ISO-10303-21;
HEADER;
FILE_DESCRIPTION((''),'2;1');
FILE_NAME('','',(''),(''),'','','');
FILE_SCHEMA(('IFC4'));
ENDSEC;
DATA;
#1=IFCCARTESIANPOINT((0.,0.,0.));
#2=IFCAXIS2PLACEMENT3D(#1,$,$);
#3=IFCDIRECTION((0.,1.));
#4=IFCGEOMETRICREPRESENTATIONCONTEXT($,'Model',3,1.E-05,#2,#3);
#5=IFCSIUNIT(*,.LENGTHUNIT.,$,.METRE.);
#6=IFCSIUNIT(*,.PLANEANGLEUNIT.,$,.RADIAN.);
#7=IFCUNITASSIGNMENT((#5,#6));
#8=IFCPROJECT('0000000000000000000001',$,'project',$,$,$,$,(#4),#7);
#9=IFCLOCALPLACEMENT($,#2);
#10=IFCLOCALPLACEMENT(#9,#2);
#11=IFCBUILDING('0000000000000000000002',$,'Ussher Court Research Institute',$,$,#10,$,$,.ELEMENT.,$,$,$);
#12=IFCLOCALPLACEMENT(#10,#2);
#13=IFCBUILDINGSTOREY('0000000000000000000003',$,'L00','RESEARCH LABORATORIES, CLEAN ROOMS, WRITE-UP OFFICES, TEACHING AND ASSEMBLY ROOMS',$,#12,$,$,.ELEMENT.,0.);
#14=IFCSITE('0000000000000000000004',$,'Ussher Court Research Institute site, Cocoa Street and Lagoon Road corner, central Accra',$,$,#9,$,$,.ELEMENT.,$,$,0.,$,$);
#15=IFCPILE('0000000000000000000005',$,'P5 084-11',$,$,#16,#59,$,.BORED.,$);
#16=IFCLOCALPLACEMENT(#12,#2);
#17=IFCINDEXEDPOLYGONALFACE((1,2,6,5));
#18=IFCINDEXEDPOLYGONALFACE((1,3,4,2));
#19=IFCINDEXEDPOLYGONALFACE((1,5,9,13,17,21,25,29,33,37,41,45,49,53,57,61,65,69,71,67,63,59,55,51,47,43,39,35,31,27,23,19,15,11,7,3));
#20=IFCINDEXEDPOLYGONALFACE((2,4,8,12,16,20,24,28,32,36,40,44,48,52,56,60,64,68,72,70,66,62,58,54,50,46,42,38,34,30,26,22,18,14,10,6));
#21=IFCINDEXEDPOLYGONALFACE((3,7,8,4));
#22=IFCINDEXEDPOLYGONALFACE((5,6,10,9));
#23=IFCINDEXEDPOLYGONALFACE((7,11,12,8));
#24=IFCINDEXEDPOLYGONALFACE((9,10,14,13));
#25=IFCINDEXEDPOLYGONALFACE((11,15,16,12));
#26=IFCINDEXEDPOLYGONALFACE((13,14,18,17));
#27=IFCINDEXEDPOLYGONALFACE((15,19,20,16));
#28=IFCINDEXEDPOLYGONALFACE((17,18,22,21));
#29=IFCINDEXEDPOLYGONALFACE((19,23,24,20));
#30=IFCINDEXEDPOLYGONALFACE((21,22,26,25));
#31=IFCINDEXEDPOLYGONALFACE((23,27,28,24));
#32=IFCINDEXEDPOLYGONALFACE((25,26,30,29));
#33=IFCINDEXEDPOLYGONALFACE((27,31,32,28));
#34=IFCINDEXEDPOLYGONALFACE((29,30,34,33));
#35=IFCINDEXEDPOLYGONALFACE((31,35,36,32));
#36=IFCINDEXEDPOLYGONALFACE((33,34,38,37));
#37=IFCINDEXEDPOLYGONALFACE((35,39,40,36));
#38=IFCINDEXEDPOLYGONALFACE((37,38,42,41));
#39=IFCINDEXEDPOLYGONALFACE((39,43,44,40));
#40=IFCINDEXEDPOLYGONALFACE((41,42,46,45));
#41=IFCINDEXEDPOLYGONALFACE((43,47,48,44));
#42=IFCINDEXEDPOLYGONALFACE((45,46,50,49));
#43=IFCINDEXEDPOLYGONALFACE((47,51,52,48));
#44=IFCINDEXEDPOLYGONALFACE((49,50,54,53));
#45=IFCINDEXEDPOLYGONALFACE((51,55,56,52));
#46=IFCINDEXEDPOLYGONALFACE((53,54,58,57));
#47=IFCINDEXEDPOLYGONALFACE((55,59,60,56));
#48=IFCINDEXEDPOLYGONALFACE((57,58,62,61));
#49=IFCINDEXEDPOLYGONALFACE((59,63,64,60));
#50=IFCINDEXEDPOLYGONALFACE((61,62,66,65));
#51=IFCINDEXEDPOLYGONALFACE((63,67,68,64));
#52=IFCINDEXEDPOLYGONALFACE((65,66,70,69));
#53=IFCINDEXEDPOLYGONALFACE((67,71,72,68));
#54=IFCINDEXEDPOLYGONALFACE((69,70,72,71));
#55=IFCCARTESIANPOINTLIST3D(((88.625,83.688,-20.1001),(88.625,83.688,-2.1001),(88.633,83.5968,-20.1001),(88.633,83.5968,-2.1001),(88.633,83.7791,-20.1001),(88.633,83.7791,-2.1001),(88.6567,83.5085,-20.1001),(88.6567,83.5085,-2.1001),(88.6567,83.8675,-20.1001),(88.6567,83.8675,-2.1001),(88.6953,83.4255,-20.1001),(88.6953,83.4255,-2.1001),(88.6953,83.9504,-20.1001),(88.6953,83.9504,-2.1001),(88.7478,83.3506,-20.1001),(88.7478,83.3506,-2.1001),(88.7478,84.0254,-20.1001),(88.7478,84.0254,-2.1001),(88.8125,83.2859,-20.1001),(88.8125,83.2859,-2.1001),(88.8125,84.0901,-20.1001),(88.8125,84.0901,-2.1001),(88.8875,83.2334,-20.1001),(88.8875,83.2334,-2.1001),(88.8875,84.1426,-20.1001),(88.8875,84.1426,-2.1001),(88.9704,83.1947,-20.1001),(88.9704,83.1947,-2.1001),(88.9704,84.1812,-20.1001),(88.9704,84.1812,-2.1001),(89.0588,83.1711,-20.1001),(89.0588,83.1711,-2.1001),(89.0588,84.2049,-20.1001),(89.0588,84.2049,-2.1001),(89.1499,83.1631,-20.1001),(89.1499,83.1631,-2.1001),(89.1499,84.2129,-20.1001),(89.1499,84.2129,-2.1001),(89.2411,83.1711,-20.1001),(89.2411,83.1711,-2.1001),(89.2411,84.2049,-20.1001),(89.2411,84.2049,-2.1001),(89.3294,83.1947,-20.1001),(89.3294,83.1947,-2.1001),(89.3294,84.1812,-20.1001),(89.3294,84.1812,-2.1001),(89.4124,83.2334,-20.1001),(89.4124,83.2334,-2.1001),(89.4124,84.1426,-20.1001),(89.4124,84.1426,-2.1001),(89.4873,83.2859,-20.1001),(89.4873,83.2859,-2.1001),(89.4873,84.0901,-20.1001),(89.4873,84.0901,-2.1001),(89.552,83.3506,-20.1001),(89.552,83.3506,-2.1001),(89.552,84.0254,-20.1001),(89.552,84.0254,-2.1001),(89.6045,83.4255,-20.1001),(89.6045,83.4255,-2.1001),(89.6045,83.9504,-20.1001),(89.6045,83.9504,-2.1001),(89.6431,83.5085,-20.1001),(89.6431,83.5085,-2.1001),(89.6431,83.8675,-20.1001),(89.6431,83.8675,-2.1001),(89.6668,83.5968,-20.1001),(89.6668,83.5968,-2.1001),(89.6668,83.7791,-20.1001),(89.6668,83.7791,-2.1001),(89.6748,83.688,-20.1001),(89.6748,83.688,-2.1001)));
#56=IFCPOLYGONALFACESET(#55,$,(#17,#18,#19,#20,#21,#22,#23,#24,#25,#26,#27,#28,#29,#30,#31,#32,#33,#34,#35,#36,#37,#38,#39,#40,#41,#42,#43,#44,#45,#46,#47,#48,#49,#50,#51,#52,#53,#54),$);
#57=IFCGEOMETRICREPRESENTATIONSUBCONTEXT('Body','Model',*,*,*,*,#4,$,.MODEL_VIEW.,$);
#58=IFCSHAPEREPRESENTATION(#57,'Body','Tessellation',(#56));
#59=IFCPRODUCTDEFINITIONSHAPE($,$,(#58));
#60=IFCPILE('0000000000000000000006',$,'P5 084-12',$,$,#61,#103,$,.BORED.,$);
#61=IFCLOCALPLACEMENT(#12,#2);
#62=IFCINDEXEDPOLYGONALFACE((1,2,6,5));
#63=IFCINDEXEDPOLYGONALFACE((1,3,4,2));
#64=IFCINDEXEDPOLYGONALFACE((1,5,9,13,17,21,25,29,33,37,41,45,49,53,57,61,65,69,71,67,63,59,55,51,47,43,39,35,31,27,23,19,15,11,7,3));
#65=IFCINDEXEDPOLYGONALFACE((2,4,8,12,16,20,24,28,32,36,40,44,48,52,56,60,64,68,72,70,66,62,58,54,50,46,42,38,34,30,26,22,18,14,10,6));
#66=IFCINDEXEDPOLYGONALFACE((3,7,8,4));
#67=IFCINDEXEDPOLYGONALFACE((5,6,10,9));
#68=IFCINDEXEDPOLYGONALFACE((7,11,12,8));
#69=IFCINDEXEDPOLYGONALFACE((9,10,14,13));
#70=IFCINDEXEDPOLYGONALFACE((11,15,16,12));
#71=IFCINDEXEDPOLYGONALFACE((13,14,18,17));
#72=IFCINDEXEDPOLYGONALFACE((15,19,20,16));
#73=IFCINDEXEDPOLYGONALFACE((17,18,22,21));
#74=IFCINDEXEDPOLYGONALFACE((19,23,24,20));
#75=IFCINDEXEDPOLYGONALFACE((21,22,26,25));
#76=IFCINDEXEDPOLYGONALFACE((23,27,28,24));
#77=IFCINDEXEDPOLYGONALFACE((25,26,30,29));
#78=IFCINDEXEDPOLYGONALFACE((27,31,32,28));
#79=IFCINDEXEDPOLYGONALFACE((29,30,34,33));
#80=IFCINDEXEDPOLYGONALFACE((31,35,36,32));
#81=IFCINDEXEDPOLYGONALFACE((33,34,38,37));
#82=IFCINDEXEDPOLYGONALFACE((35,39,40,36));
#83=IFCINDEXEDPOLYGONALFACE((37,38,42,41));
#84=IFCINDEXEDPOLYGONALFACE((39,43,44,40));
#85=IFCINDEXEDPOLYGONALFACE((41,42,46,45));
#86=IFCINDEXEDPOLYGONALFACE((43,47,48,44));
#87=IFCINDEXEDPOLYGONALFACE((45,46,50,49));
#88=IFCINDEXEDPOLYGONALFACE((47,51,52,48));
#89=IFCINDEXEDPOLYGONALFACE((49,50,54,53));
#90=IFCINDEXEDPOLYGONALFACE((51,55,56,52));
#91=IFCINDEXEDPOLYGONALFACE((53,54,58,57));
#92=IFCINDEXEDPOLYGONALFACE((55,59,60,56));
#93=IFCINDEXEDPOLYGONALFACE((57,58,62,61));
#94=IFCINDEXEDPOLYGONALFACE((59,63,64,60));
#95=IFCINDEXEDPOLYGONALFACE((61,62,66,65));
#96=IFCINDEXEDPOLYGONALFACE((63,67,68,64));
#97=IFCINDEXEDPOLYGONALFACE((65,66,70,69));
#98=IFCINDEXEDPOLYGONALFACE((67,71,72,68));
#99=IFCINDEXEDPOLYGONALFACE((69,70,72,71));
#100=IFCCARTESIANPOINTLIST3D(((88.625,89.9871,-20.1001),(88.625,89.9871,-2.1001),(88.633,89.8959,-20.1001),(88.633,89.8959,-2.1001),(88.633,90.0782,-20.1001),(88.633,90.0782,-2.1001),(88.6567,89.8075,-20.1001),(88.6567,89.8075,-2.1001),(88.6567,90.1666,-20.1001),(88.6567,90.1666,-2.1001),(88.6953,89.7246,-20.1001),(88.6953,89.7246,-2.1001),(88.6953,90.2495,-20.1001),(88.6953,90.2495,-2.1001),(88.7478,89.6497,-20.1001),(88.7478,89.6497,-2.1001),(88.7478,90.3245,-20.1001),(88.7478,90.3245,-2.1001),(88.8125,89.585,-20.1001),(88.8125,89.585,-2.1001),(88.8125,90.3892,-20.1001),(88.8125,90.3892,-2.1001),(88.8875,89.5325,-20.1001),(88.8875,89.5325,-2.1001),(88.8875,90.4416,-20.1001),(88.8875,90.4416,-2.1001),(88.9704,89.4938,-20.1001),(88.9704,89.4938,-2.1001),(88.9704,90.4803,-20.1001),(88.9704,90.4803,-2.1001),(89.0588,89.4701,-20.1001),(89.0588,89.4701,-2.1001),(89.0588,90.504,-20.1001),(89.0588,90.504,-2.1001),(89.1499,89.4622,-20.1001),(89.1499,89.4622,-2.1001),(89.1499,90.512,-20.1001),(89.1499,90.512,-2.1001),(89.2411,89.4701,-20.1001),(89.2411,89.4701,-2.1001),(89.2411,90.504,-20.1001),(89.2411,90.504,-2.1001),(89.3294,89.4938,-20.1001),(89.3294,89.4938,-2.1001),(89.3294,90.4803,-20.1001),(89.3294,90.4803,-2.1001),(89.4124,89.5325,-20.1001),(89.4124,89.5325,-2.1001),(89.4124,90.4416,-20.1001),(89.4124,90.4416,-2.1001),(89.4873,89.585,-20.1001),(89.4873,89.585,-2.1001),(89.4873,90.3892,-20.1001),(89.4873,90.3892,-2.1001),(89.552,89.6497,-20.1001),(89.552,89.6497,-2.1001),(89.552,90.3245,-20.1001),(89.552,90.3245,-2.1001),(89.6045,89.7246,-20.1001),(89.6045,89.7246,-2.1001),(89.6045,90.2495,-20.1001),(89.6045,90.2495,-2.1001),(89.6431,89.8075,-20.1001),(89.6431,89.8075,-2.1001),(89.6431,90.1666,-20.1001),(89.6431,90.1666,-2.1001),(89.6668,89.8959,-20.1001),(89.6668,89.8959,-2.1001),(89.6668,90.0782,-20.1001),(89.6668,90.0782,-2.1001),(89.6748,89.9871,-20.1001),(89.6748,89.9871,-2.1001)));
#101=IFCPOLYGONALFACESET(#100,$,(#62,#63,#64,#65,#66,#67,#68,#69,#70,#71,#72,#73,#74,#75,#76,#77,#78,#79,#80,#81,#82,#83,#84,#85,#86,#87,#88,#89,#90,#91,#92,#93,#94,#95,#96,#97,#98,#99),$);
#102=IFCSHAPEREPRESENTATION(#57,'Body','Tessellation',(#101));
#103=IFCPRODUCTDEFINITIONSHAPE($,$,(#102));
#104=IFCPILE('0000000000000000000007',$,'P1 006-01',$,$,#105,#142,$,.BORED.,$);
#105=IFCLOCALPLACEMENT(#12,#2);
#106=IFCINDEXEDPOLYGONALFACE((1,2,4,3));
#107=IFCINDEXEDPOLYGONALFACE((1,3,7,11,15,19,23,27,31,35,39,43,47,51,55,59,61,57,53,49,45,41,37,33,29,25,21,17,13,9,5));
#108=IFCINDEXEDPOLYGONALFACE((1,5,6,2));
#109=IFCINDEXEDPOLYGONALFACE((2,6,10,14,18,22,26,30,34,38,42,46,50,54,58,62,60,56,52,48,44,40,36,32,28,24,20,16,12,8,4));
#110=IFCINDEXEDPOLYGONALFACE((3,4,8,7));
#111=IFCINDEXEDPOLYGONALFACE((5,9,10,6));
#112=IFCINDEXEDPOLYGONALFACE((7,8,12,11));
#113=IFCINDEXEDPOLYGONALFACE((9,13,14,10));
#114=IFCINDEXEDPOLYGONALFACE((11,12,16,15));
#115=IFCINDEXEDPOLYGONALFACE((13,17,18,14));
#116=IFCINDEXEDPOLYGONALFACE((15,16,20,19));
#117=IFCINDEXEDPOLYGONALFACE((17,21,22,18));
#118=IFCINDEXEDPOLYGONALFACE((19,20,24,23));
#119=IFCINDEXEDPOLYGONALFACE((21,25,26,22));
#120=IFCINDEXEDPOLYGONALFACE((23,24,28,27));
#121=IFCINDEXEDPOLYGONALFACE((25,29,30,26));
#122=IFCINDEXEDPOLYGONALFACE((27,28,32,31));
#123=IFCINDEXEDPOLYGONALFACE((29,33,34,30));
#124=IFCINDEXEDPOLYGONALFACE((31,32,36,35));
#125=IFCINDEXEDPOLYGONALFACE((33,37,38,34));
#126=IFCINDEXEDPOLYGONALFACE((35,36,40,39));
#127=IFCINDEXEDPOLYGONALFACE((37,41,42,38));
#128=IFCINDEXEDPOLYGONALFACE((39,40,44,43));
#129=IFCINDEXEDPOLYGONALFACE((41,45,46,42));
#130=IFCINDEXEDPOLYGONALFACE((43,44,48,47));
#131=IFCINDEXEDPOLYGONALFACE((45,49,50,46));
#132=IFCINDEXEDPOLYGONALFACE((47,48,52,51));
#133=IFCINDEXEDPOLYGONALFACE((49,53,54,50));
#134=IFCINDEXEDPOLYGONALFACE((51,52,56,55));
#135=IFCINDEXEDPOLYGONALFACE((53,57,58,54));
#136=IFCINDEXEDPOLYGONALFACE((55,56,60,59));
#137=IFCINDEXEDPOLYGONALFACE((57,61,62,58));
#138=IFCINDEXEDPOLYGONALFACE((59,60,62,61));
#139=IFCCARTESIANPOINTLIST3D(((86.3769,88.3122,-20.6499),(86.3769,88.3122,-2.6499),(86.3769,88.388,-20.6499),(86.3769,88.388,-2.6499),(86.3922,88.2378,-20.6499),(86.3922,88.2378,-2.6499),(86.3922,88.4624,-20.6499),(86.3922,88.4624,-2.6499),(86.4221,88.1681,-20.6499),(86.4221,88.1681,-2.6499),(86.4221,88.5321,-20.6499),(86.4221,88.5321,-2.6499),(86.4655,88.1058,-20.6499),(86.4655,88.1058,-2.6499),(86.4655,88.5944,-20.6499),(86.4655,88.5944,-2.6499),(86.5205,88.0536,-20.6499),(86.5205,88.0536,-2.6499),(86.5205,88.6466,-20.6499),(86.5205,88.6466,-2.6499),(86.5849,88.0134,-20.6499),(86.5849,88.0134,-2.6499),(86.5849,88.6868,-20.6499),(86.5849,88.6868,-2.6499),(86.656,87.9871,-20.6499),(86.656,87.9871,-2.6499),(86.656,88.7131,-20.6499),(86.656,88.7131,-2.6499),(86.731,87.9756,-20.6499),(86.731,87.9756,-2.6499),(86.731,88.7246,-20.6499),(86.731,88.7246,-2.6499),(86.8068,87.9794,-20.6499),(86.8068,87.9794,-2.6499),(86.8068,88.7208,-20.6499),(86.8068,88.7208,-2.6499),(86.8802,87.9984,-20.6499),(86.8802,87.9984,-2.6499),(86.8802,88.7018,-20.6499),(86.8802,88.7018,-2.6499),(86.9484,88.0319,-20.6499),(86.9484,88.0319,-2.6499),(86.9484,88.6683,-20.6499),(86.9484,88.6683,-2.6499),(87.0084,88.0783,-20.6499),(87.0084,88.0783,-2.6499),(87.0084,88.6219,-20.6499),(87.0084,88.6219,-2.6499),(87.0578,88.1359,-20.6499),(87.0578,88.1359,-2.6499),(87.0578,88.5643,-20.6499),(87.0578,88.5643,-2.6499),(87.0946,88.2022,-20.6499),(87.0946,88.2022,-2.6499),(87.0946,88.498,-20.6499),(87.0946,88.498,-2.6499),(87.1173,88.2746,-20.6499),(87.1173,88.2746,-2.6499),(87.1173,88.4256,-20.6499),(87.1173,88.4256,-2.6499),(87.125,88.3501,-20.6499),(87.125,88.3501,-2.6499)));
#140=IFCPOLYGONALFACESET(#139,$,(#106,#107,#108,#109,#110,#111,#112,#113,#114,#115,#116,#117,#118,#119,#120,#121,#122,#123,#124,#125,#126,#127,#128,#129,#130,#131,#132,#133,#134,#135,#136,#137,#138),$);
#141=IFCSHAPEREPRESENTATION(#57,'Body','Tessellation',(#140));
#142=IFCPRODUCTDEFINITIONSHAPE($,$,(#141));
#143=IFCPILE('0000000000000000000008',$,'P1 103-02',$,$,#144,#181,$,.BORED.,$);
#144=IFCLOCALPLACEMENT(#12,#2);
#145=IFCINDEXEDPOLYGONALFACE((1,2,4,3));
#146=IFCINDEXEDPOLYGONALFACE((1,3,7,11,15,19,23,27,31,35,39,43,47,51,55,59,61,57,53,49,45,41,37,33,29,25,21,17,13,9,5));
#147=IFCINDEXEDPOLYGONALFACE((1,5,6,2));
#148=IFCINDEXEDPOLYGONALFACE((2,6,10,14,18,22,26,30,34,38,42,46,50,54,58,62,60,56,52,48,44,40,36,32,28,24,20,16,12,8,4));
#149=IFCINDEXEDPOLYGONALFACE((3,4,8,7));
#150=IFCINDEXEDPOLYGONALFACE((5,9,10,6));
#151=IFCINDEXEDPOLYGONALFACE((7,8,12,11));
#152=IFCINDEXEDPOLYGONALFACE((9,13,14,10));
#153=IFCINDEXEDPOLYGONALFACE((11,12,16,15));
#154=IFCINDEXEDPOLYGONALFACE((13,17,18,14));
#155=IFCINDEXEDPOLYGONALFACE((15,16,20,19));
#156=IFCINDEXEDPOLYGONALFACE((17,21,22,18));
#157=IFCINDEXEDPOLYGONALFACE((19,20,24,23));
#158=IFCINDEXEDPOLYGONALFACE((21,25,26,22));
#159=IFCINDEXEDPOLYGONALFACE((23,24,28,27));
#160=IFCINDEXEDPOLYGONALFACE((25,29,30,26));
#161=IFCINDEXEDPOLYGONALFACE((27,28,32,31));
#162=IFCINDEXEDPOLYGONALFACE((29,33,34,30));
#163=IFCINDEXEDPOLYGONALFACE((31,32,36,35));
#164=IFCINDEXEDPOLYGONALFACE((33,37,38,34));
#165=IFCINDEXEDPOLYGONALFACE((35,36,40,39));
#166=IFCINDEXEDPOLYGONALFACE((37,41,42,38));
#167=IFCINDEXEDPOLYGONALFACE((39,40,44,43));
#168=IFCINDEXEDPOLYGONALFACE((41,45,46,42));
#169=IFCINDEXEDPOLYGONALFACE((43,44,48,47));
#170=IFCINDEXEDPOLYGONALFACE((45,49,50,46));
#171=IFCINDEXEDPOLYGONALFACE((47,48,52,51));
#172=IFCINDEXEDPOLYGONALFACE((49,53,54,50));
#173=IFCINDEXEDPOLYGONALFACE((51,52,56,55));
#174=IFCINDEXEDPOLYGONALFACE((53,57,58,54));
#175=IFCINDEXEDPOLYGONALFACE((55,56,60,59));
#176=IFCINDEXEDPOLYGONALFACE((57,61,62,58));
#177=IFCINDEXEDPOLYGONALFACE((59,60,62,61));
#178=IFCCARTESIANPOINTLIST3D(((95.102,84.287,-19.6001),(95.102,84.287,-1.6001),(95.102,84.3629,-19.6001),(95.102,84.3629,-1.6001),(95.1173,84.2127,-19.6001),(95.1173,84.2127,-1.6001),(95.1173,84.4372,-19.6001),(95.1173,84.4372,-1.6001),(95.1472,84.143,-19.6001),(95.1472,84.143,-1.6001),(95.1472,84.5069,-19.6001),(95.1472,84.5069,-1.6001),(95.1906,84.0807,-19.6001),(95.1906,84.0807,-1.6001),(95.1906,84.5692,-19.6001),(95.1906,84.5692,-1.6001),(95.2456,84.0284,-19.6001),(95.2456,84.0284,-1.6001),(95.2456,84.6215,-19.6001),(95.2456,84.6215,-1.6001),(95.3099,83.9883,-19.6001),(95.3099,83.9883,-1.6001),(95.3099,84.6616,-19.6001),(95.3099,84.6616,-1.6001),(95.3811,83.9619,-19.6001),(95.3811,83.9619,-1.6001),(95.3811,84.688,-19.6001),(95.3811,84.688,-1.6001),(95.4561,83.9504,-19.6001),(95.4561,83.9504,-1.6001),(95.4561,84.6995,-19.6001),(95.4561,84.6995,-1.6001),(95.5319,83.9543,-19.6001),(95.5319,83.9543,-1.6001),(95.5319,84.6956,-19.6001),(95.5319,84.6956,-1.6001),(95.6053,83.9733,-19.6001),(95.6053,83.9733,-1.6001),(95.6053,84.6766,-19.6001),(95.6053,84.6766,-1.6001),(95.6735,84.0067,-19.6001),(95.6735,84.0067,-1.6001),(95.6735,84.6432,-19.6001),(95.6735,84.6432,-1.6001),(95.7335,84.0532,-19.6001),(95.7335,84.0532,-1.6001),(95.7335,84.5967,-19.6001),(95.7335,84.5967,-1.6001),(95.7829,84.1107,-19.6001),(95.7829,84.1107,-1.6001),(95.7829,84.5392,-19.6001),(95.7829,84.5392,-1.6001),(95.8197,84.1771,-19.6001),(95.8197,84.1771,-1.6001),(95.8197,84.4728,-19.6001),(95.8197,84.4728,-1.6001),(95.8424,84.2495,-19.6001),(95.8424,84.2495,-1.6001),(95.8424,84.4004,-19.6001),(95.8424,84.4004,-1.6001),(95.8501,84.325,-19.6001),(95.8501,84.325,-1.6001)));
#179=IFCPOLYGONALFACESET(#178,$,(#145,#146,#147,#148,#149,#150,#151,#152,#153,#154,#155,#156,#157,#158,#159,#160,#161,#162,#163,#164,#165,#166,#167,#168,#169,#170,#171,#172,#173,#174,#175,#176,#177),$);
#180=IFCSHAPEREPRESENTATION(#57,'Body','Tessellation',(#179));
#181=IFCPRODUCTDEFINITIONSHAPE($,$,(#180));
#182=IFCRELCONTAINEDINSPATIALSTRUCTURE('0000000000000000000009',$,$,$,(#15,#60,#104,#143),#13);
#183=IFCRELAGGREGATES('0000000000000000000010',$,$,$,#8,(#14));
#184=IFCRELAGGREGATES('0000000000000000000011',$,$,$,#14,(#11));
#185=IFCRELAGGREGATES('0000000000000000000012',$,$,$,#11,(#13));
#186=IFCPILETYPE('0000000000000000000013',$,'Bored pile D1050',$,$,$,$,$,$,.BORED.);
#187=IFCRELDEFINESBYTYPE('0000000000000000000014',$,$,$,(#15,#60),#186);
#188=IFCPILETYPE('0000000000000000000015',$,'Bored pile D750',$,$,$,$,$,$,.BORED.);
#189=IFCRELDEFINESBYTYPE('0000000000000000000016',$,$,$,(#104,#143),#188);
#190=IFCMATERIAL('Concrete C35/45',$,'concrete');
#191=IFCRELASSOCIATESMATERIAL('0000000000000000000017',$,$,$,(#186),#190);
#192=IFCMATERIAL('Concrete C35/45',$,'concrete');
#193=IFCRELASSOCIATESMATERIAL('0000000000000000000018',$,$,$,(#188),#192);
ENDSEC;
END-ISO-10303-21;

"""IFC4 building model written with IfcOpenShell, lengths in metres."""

from ifc_helpers import new_model, si_unit, direction, frame, origin, origin_2d, place, context, subcontext, project, spatial, circle, extrude, material, material_profile, profile_set, type_object, element, save


model = new_model("IFC4")

# Units and contexts
model_context = context("Model", 3, precision=1e-05, world=origin(), true_north=direction((0.0, 1.0)))
body_context = subcontext(model_context, "Body", "Model", "MODEL_VIEW")
ifc_project = project(units=[si_unit("LENGTHUNIT", "METRE"), si_unit("PLANEANGLEUNIT", "RADIAN")], contexts=[model_context])

# Site, building, storey
site_placement = place(None, origin())
site = spatial("IfcSite", under=ifc_project, at=site_placement, Name="Ussher Court Research Institute site, Cocoa Street and Lagoon Road corner, central Accra", CompositionType="ELEMENT", RefElevation=0.0)
building_placement = place(site_placement, origin())
building = spatial("IfcBuilding", under=site, at=building_placement, Name="Ussher Court Research Institute", CompositionType="ELEMENT")
storey_placement = place(building_placement, origin())
storey = spatial("IfcBuildingStorey", under=building, at=storey_placement, Name="L00", Description="RESEARCH LABORATORIES, CLEAN ROOMS, WRITE-UP OFFICES, TEACHING AND ASSEMBLY ROOMS", CompositionType="ELEMENT", Elevation=0.0)

# Piles
ifc_material_1 = material(Name="Concrete C35/45", Category="concrete")
ifc_material_profile_1 = material_profile(ifc_material_1, circle(Radius=0.5249, at=origin_2d()), Name="RC D1050")
ifc_profile_set_1 = profile_set([ifc_material_profile_1], Name="Concrete C35/45")
pile_type_1 = type_object("IfcPileType", Name="Bored pile D1050", PredefinedType="BORED", material=ifc_profile_set_1)
for number, where, z_axis, x_axis, name in (
    (1, (89.1499, 83.688, -2.1001), (0.0, 0.0, -1.0), (1.0, 0.0, 0.0), "P5 084-11"),
    (2, (89.1499, 89.9871, -2.1001), (0.0, 0.0, -1.0), (1.0, 0.0, 0.0), "P5 084-12"),
):
    element("IfcPile", number, at=place(storey_placement, frame(where, z_axis=z_axis, x_axis=x_axis)), inside=storey, type_object=pile_type_1, Name=name, PredefinedType="BORED", context=body_context, shape_type="SweptSolid", body=[
        extrude(circle(Radius=0.5249, at=origin_2d()), origin(), (0.0, 0.0, 1.0), 18.0),
    ])
ifc_material_2 = material(Name="Concrete C35/45", Category="concrete")
ifc_material_profile_2 = material_profile(ifc_material_2, circle(Radius=0.375, at=origin_2d()), Name="RC D750")
ifc_profile_set_2 = profile_set([ifc_material_profile_2], Name="Concrete C35/45")
pile_type_2 = type_object("IfcPileType", Name="Bored pile D750", PredefinedType="BORED", material=ifc_profile_set_2)
for number, where, z_axis, x_axis, name in (
    (3, (86.75, 88.3501, -2.6499), (0.0, 0.0, -1.0), (1.0, 0.0, 0.0), "P1 006-01"),
    (4, (95.4751, 84.325, -1.6001), (0.0, 0.0, -1.0), (1.0, 0.0, 0.0), "P1 103-02"),
):
    element("IfcPile", number, at=place(storey_placement, frame(where, z_axis=z_axis, x_axis=x_axis)), inside=storey, type_object=pile_type_2, Name=name, PredefinedType="BORED", context=body_context, shape_type="SweptSolid", body=[
        extrude(circle(Radius=0.375, at=origin_2d()), origin(), (0.0, 0.0, 1.0), 18.0),
    ])

save(model, "model.ifc")
